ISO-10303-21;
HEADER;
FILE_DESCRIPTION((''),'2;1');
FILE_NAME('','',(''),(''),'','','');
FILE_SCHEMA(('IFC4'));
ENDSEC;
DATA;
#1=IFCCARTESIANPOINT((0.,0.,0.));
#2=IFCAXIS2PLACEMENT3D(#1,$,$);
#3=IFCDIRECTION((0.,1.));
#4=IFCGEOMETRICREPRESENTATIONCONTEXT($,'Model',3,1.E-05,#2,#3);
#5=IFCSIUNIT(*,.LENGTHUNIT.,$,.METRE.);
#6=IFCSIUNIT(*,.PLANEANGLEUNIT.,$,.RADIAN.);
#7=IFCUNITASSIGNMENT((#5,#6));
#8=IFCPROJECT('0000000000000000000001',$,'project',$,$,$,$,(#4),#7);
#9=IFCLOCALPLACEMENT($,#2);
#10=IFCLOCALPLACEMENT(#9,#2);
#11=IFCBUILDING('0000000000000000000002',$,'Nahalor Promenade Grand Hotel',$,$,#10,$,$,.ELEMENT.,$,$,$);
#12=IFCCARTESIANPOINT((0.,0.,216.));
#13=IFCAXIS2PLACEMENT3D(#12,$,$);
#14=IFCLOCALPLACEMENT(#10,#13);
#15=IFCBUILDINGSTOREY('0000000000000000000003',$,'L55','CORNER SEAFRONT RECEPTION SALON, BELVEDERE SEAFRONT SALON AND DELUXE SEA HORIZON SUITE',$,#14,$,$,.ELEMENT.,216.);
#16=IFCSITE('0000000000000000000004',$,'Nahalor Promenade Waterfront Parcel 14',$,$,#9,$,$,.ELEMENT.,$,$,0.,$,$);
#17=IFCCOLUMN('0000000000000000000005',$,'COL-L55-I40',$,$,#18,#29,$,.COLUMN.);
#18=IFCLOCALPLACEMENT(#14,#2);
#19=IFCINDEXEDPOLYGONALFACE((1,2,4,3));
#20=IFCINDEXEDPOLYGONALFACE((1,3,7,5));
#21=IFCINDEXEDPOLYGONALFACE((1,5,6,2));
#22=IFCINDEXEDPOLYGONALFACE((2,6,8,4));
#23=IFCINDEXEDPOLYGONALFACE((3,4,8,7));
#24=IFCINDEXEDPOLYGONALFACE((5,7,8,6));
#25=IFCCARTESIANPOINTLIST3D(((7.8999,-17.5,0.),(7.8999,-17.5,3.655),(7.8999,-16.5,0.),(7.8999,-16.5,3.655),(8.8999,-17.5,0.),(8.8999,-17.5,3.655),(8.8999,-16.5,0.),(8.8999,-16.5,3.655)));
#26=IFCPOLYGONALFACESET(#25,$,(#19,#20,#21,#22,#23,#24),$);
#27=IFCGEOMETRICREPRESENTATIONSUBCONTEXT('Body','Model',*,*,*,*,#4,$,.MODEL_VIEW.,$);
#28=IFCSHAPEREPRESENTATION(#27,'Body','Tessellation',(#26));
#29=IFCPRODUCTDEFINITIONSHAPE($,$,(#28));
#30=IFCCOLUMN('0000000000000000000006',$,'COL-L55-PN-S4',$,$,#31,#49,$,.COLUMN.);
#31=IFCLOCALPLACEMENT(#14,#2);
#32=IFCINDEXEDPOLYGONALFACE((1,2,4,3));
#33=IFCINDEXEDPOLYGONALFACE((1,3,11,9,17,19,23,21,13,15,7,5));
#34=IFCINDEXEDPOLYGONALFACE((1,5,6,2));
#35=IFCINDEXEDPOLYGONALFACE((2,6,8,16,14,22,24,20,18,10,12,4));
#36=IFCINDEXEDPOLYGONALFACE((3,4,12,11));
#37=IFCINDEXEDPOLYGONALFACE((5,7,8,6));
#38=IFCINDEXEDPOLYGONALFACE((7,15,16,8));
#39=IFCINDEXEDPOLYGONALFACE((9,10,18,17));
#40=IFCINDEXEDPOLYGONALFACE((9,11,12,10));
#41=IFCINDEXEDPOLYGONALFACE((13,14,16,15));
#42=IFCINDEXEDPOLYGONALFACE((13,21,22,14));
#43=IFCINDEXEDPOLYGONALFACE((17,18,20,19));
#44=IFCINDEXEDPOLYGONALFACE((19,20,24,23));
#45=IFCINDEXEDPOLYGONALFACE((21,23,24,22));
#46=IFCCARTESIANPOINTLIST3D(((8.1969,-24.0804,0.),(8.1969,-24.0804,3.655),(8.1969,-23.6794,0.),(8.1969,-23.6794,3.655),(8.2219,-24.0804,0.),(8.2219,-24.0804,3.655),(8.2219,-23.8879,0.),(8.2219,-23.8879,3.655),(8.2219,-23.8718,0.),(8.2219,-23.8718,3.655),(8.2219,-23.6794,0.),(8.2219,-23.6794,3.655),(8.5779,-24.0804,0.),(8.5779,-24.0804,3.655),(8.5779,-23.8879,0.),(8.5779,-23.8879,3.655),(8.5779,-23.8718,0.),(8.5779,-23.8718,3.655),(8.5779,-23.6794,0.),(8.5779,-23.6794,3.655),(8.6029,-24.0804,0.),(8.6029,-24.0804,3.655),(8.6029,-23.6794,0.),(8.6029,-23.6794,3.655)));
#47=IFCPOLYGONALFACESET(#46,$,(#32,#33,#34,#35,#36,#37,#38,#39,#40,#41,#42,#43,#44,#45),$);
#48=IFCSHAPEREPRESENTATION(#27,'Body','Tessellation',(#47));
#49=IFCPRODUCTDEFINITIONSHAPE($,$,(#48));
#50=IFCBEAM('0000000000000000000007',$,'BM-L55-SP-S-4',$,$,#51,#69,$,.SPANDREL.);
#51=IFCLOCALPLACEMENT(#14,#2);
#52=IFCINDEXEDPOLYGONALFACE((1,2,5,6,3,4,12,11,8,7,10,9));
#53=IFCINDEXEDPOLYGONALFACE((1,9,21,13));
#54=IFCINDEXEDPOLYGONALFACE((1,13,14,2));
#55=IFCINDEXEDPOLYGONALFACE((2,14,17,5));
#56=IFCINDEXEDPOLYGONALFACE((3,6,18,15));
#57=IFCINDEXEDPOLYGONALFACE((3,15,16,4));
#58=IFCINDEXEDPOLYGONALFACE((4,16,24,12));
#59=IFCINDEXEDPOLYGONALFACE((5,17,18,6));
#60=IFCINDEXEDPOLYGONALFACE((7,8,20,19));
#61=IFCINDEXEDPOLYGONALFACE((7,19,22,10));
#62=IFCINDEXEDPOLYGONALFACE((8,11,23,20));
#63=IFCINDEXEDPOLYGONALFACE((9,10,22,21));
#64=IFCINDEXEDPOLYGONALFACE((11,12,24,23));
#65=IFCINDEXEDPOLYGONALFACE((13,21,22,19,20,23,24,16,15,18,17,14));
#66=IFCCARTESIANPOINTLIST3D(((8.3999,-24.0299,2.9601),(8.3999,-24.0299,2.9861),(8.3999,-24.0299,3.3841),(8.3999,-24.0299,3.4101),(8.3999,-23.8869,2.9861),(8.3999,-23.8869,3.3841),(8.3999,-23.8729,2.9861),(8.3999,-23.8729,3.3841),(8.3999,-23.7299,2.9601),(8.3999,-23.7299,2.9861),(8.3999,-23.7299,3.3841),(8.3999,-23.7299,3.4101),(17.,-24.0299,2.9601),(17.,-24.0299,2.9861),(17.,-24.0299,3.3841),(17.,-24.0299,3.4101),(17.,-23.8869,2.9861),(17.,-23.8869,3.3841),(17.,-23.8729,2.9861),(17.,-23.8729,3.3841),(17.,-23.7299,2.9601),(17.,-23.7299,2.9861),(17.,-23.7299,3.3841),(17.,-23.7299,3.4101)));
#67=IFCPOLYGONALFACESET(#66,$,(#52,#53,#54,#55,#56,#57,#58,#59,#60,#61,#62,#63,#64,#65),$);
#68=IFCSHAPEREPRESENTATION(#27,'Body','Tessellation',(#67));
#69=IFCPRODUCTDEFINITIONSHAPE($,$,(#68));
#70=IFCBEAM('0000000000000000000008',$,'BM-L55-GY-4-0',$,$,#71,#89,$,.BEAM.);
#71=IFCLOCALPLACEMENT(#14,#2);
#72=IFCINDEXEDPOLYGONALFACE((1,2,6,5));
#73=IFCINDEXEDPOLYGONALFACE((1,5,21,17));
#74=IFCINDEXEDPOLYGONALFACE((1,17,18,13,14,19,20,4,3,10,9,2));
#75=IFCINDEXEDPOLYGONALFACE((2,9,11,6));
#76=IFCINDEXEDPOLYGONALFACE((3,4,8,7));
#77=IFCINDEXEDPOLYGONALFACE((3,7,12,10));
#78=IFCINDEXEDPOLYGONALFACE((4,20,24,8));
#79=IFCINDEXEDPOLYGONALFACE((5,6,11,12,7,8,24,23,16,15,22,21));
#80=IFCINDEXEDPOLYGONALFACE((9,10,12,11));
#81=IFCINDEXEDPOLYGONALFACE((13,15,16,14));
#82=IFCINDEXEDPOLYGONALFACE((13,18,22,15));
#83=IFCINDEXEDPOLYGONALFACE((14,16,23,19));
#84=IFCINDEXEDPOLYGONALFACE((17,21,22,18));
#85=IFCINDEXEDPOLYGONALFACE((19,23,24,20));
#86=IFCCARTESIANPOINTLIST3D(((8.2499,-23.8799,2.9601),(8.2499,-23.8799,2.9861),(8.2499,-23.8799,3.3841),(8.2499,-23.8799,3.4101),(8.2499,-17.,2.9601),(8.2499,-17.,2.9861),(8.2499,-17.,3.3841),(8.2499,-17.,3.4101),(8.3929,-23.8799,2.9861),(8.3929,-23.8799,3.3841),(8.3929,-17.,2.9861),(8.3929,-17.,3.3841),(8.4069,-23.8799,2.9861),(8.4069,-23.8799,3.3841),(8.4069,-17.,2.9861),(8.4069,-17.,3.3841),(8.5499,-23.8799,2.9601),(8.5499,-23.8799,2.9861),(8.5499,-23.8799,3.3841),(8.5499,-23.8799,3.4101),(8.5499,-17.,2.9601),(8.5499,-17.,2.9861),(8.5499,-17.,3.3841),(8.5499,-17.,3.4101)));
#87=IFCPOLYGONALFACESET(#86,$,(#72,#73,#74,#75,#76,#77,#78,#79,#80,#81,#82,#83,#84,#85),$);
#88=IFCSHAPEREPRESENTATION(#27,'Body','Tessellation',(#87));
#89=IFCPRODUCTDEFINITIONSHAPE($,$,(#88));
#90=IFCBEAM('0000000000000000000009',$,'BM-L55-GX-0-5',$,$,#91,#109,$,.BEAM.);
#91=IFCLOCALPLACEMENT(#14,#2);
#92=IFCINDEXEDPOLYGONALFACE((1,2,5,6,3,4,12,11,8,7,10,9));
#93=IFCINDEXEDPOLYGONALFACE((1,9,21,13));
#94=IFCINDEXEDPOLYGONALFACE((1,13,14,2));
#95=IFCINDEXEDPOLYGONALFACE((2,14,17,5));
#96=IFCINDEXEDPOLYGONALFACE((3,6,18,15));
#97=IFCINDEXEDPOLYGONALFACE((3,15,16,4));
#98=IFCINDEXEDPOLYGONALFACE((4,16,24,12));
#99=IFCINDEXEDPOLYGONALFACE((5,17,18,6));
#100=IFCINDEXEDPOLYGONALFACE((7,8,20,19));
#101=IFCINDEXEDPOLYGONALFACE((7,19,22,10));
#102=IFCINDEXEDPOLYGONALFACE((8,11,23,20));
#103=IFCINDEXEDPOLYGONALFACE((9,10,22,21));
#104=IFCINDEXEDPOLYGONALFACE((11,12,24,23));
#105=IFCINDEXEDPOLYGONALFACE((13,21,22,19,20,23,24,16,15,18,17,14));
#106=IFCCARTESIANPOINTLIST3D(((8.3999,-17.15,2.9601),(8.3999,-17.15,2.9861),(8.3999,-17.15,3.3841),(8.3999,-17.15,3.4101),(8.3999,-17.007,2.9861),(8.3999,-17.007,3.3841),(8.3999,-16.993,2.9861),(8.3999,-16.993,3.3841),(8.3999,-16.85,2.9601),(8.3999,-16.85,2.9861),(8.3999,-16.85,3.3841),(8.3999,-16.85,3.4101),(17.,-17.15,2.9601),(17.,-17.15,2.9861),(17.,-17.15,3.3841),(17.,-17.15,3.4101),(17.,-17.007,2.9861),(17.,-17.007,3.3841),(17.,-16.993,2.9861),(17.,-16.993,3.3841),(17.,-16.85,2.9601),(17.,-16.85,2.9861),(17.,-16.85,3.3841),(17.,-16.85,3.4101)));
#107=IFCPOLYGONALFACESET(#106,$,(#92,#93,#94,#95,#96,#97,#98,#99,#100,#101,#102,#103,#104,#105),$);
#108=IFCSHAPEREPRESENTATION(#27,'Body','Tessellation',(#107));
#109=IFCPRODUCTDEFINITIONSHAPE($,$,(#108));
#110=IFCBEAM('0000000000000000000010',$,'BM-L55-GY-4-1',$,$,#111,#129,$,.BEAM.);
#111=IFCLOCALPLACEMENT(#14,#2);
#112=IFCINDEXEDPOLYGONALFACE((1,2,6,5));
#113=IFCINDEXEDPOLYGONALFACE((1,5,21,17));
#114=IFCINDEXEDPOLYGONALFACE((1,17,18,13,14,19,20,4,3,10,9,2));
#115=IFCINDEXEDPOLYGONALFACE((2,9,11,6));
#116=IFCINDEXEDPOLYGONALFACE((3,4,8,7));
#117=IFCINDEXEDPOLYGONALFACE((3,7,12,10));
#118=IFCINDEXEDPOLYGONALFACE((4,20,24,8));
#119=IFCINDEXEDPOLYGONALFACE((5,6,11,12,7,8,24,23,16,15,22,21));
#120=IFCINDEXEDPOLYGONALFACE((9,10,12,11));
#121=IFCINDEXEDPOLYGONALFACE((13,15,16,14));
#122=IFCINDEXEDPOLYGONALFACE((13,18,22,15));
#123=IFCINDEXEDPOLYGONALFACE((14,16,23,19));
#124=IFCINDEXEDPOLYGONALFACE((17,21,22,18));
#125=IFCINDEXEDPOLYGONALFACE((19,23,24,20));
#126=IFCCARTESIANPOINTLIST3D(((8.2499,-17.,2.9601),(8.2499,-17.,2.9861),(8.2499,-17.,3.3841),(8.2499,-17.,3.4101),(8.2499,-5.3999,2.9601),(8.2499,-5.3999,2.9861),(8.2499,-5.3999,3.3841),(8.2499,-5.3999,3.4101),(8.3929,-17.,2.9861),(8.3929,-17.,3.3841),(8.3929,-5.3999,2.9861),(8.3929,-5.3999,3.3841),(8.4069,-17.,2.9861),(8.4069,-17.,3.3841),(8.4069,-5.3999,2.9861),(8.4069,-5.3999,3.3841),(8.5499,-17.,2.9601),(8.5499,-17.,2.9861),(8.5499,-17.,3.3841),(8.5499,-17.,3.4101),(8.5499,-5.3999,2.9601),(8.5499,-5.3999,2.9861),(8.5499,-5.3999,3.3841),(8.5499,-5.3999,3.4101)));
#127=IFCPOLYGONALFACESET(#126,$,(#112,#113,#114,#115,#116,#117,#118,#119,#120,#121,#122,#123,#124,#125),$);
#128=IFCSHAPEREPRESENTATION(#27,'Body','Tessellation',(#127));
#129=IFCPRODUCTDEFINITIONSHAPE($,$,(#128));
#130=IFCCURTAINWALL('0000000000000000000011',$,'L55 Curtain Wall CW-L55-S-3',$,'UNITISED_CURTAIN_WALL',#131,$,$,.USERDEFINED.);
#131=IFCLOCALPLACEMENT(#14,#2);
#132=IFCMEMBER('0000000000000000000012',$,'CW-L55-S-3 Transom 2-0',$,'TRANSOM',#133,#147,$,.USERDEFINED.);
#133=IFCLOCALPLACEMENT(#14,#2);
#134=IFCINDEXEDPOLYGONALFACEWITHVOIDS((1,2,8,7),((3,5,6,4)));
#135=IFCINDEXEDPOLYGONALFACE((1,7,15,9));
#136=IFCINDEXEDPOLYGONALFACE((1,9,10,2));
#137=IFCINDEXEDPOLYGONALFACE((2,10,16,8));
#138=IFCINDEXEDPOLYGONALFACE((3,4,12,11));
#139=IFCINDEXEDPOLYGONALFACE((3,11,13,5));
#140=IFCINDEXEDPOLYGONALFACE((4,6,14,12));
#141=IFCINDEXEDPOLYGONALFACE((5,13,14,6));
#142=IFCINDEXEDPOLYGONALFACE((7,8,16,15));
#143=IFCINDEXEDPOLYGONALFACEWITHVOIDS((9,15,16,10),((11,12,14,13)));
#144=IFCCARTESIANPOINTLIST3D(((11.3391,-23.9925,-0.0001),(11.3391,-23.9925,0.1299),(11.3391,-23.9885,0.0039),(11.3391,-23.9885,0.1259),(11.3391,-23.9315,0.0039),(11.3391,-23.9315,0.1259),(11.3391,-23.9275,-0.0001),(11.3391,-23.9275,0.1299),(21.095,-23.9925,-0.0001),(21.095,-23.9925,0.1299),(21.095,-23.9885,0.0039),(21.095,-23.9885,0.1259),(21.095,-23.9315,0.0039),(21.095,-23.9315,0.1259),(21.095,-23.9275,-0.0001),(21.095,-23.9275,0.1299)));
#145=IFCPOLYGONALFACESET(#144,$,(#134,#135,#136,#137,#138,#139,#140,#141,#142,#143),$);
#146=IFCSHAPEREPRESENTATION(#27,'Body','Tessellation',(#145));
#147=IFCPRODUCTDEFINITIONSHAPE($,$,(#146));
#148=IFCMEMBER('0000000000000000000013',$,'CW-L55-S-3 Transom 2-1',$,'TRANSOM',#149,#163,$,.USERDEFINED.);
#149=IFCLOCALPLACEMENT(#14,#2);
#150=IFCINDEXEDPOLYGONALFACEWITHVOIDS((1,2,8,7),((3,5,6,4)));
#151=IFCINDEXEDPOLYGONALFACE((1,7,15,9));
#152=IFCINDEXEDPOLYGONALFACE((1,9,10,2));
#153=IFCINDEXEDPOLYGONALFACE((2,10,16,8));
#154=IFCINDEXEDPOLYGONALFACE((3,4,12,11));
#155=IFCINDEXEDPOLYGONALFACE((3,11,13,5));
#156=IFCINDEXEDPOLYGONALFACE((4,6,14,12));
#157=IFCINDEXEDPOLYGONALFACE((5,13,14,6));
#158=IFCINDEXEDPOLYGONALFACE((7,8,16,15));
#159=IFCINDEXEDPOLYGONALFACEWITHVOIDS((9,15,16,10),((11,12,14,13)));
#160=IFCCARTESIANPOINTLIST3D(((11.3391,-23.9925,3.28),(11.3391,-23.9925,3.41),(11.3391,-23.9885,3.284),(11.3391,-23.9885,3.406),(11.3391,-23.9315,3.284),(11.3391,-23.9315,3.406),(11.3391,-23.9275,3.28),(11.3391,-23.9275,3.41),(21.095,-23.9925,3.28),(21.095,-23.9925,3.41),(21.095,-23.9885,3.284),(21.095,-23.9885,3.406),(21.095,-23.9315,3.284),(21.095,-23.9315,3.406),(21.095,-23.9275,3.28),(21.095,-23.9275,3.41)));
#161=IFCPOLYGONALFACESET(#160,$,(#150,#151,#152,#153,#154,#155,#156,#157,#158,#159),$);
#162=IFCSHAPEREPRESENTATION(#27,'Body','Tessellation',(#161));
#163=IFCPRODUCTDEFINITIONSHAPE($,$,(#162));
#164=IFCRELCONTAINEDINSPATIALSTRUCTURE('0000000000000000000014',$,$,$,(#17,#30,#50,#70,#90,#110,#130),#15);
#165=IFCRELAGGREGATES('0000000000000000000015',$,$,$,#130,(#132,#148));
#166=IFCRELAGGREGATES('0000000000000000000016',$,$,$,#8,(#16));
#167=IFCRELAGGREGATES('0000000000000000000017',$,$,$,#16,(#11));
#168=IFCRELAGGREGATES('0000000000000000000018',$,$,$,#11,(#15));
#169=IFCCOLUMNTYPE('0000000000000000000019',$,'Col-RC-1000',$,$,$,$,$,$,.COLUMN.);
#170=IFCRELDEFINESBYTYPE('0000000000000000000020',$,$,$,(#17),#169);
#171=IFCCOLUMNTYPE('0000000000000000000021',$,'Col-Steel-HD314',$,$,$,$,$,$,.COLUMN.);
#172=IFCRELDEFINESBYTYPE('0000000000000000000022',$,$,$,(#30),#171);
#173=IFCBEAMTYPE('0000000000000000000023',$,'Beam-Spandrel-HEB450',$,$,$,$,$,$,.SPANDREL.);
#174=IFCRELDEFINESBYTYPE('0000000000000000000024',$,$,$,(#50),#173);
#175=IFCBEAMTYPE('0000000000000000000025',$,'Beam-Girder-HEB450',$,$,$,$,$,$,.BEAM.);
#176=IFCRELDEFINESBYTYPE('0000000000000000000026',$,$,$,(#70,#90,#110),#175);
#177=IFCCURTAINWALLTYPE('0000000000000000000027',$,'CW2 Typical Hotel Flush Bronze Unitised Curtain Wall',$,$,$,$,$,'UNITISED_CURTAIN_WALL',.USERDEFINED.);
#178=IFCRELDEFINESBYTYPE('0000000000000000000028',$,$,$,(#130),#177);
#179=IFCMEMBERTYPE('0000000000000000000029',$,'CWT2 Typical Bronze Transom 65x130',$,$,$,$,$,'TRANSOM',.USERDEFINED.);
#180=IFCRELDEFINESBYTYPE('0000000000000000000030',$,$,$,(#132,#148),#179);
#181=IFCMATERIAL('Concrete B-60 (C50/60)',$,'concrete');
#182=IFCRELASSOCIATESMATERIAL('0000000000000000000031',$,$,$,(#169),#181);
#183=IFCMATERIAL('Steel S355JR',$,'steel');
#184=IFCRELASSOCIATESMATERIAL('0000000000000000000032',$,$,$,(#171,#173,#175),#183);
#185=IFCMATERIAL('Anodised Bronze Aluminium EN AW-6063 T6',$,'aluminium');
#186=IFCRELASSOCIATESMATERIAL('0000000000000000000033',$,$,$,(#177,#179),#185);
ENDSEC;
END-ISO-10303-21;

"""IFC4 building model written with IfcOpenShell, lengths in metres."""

from ifc_helpers import new_model, si_unit, direction, frame, origin, origin_2d, place, context, subcontext, project, spatial, rectangle, hollow_rectangle, i_section, extrude, source, transform, mapped, material, material_profile, profile_set, type_object, element, aggregate, save


model = new_model("IFC4")

# Units and contexts
model_context = context("Model", 3, precision=1e-05, world=origin(), true_north=direction((0.0, 1.0)))
body_context = subcontext(model_context, "Body", "Model", "MODEL_VIEW")
ifc_project = project(units=[si_unit("LENGTHUNIT", "METRE"), si_unit("PLANEANGLEUNIT", "RADIAN")], contexts=[model_context])

# Site, building, storey
site_placement = place(None, origin())
site = spatial("IfcSite", under=ifc_project, at=site_placement, Name="Nahalor Promenade Waterfront Parcel 14", CompositionType="ELEMENT", RefElevation=0.0)
building_placement = place(site_placement, origin())
building = spatial("IfcBuilding", under=site, at=building_placement, Name="Nahalor Promenade Grand Hotel", CompositionType="ELEMENT")
storey_placement = place(building_placement, frame((0.0, 0.0, 216.0)))
storey = spatial("IfcBuildingStorey", under=building, at=storey_placement, Name="L55", Description="CORNER SEAFRONT RECEPTION SALON, BELVEDERE SEAFRONT SALON AND DELUXE SEA HORIZON SUITE", CompositionType="ELEMENT", Elevation=216.0)

# Columns
ifc_material_1 = material(Name="Concrete B-60 (C50/60)", Category="concrete")
ifc_material_profile_1 = material_profile(ifc_material_1, rectangle(XDim=1.0, YDim=1.0, at=origin_2d()), Name="RC 1000x1000")
ifc_profile_set_1 = profile_set([ifc_material_profile_1], Name="Concrete B-60 (C50/60)")
column_type_1 = type_object("IfcColumnType", Name="Col-RC-1000", PredefinedType="COLUMN", material=ifc_profile_set_1)
shared_shape_1 = source(origin(), body_context, "Body", "SweptSolid", [
    extrude(rectangle(XDim=1.0, YDim=1.0, at=origin_2d()), origin(), (0.0, 0.0, 1.0), 3.655),
])
column_1_placement = place(storey_placement, frame((8.3999, -17.0, 0.0), z_axis=(0.0, 0.0, 1.0), x_axis=(1.0, 0.0, 0.0)))
element("IfcColumn", 1, at=column_1_placement, inside=storey, type_object=column_type_1, Name="COL-L55-I40", PredefinedType="COLUMN", context=body_context, shape_type="MappedRepresentation", body=[
    mapped(shared_shape_1, transform((0.0, 0.0, 0.0), scale=1.0)),
])
ifc_material_2 = material(Name="Steel S355JR", Category="steel")
ifc_material_profile_2 = material_profile(ifc_material_2, i_section(OverallWidth=0.401, OverallDepth=0.406, WebThickness=0.0161, FlangeThickness=0.025, at=origin_2d()), Name="HD 400x314")
ifc_profile_set_2 = profile_set([ifc_material_profile_2], Name="Steel S355JR")
column_type_2 = type_object("IfcColumnType", Name="Col-Steel-HD314", PredefinedType="COLUMN", material=ifc_profile_set_2)
shared_shape_2 = source(origin(), body_context, "Body", "SweptSolid", [
    extrude(i_section(OverallWidth=0.401, OverallDepth=0.406, WebThickness=0.0161, FlangeThickness=0.025, at=origin_2d()), origin(), (0.0, 0.0, 1.0), 3.655),
])
column_2_placement = place(storey_placement, frame((8.3999, -23.8799, 0.0), z_axis=(0.0, 0.0, 1.0), x_axis=(0.0, 1.0, 0.0)))
element("IfcColumn", 2, at=column_2_placement, inside=storey, type_object=column_type_2, Name="COL-L55-PN-S4", PredefinedType="COLUMN", context=body_context, shape_type="MappedRepresentation", body=[
    mapped(shared_shape_2, transform((0.0, 0.0, 0.0), scale=1.0)),
])

# Beams
ifc_material_profile_3 = material_profile(ifc_material_2, i_section(OverallWidth=0.3, OverallDepth=0.45, WebThickness=0.014, FlangeThickness=0.026, at=origin_2d()), Name="HEB 450")
ifc_profile_set_3 = profile_set([ifc_material_profile_3], Name="Steel S355JR")
beam_type_1 = type_object("IfcBeamType", Name="Beam-Spandrel-HEB450", PredefinedType="SPANDREL", material=ifc_profile_set_3)
shared_shape_3 = source(origin(), body_context, "Body", "SweptSolid", [
    extrude(i_section(OverallWidth=0.3, OverallDepth=0.45, WebThickness=0.014, FlangeThickness=0.026, at=origin_2d()), origin(), (0.0, 0.0, 1.0), 8.6001),
])
beam_1_placement = place(storey_placement, frame((8.3999, -23.8799, 3.1851), z_axis=(1.0, 0.0, 0.0), x_axis=(0.0, 1.0, 0.0)))
element("IfcBeam", 3, at=beam_1_placement, inside=storey, type_object=beam_type_1, Name="BM-L55-SP-S-4", PredefinedType="SPANDREL", context=body_context, shape_type="MappedRepresentation", body=[
    mapped(shared_shape_3, transform((0.0, 0.0, 0.0), scale=1.0)),
])
ifc_material_profile_4 = material_profile(ifc_material_2, i_section(OverallWidth=0.3, OverallDepth=0.45, WebThickness=0.014, FlangeThickness=0.026, at=origin_2d()), Name="HEB 450")
ifc_profile_set_4 = profile_set([ifc_material_profile_4], Name="Steel S355JR")
beam_type_2 = type_object("IfcBeamType", Name="Beam-Girder-HEB450", PredefinedType="BEAM", material=ifc_profile_set_4)
shared_shape_4 = source(origin(), body_context, "Body", "SweptSolid", [
    extrude(i_section(OverallWidth=0.3, OverallDepth=0.45, WebThickness=0.014, FlangeThickness=0.026, at=origin_2d()), origin(), (0.0, 0.0, 1.0), 6.8799),
])
beam_2_placement = place(storey_placement, frame((8.3999, -23.8799, 3.1851), z_axis=(0.0, 1.0, 0.0), x_axis=(-1.0, 0.0, 0.0)))
element("IfcBeam", 4, at=beam_2_placement, inside=storey, type_object=beam_type_2, Name="BM-L55-GY-4-0", PredefinedType="BEAM", context=body_context, shape_type="MappedRepresentation", body=[
    mapped(shared_shape_4, transform((0.0, 0.0, 0.0), scale=1.0)),
])
shared_shape_5 = source(origin(), body_context, "Body", "SweptSolid", [
    extrude(i_section(OverallWidth=0.3, OverallDepth=0.45, WebThickness=0.014, FlangeThickness=0.026, at=origin_2d()), origin(), (0.0, 0.0, 1.0), 8.6001),
])
beam_3_placement = place(storey_placement, frame((8.3999, -17.0, 3.1851), z_axis=(1.0, 0.0, 0.0), x_axis=(0.0, 1.0, 0.0)))
element("IfcBeam", 5, at=beam_3_placement, inside=storey, type_object=beam_type_2, Name="BM-L55-GX-0-5", PredefinedType="BEAM", context=body_context, shape_type="MappedRepresentation", body=[
    mapped(shared_shape_5, transform((0.0, 0.0, 0.0), scale=1.0)),
])
shared_shape_6 = source(origin(), body_context, "Body", "SweptSolid", [
    extrude(i_section(OverallWidth=0.3, OverallDepth=0.45, WebThickness=0.014, FlangeThickness=0.026, at=origin_2d()), origin(), (0.0, 0.0, 1.0), 11.6001),
])
beam_4_placement = place(storey_placement, frame((8.3999, -17.0, 3.1851), z_axis=(0.0, 1.0, 0.0), x_axis=(-1.0, 0.0, 0.0)))
element("IfcBeam", 6, at=beam_4_placement, inside=storey, type_object=beam_type_2, Name="BM-L55-GY-4-1", PredefinedType="BEAM", context=body_context, shape_type="MappedRepresentation", body=[
    mapped(shared_shape_6, transform((0.0, 0.0, 0.0), scale=1.0)),
])

# Curtain wall, members
ifc_material_3 = material(Name="Anodised Bronze Aluminium EN AW-6063 T6", Category="aluminium")
curtain_wall_type = type_object("IfcCurtainWallType", Name="CW2 Typical Hotel Flush Bronze Unitised Curtain Wall", ElementType="UNITISED_CURTAIN_WALL", PredefinedType="USERDEFINED", material=ifc_material_3)
curtain_wall_placement = place(storey_placement, origin())
curtain_wall = element("IfcCurtainWall", 7, at=curtain_wall_placement, inside=storey, type_object=curtain_wall_type, Name="L55 Curtain Wall CW-L55-S-3", ObjectType="UNITISED_CURTAIN_WALL", PredefinedType="USERDEFINED")
ifc_material_profile_5 = material_profile(ifc_material_3, hollow_rectangle(XDim=0.065, YDim=0.13, WallThickness=0.004, at=origin_2d()), Name="CWT 65x130x4")
ifc_profile_set_5 = profile_set([ifc_material_profile_5], Name="Anodised Bronze Aluminium EN AW-6063 T6")
member_type_1 = type_object("IfcMemberType", Name="CWT2 Typical Bronze Transom 65x130", ElementType="TRANSOM", PredefinedType="USERDEFINED", material=ifc_profile_set_5)
shared_shape_7 = source(origin(), body_context, "Body", "SweptSolid", [
    extrude(hollow_rectangle(XDim=0.065, YDim=0.13, WallThickness=0.004, at=origin_2d()), origin(), (0.0, 0.0, 1.0), 9.7559),
])
member_1_placement = place(storey_placement, frame((11.3391, -23.96, 0.0649), z_axis=(1.0, 0.0, 0.0), x_axis=(0.0, 1.0, 0.0)))
member_1 = element("IfcMember", 8, at=member_1_placement, type_object=member_type_1, Name="CW-L55-S-3 Transom 2-0", ObjectType="TRANSOM", PredefinedType="USERDEFINED", context=body_context, shape_type="MappedRepresentation", body=[
    mapped(shared_shape_7, transform((0.0, 0.0, 0.0), scale=1.0)),
])
member_2_placement = place(storey_placement, frame((11.3391, -23.96, 3.345), z_axis=(1.0, 0.0, 0.0), x_axis=(0.0, 1.0, 0.0)))
member_2 = element("IfcMember", 9, at=member_2_placement, type_object=member_type_1, Name="CW-L55-S-3 Transom 2-1", ObjectType="TRANSOM", PredefinedType="USERDEFINED", context=body_context, shape_type="MappedRepresentation", body=[
    mapped(shared_shape_7, transform((0.0, 0.0, 0.0), scale=1.0)),
])
aggregate(curtain_wall, [member_1, member_2])

save(model, "model.ifc")
